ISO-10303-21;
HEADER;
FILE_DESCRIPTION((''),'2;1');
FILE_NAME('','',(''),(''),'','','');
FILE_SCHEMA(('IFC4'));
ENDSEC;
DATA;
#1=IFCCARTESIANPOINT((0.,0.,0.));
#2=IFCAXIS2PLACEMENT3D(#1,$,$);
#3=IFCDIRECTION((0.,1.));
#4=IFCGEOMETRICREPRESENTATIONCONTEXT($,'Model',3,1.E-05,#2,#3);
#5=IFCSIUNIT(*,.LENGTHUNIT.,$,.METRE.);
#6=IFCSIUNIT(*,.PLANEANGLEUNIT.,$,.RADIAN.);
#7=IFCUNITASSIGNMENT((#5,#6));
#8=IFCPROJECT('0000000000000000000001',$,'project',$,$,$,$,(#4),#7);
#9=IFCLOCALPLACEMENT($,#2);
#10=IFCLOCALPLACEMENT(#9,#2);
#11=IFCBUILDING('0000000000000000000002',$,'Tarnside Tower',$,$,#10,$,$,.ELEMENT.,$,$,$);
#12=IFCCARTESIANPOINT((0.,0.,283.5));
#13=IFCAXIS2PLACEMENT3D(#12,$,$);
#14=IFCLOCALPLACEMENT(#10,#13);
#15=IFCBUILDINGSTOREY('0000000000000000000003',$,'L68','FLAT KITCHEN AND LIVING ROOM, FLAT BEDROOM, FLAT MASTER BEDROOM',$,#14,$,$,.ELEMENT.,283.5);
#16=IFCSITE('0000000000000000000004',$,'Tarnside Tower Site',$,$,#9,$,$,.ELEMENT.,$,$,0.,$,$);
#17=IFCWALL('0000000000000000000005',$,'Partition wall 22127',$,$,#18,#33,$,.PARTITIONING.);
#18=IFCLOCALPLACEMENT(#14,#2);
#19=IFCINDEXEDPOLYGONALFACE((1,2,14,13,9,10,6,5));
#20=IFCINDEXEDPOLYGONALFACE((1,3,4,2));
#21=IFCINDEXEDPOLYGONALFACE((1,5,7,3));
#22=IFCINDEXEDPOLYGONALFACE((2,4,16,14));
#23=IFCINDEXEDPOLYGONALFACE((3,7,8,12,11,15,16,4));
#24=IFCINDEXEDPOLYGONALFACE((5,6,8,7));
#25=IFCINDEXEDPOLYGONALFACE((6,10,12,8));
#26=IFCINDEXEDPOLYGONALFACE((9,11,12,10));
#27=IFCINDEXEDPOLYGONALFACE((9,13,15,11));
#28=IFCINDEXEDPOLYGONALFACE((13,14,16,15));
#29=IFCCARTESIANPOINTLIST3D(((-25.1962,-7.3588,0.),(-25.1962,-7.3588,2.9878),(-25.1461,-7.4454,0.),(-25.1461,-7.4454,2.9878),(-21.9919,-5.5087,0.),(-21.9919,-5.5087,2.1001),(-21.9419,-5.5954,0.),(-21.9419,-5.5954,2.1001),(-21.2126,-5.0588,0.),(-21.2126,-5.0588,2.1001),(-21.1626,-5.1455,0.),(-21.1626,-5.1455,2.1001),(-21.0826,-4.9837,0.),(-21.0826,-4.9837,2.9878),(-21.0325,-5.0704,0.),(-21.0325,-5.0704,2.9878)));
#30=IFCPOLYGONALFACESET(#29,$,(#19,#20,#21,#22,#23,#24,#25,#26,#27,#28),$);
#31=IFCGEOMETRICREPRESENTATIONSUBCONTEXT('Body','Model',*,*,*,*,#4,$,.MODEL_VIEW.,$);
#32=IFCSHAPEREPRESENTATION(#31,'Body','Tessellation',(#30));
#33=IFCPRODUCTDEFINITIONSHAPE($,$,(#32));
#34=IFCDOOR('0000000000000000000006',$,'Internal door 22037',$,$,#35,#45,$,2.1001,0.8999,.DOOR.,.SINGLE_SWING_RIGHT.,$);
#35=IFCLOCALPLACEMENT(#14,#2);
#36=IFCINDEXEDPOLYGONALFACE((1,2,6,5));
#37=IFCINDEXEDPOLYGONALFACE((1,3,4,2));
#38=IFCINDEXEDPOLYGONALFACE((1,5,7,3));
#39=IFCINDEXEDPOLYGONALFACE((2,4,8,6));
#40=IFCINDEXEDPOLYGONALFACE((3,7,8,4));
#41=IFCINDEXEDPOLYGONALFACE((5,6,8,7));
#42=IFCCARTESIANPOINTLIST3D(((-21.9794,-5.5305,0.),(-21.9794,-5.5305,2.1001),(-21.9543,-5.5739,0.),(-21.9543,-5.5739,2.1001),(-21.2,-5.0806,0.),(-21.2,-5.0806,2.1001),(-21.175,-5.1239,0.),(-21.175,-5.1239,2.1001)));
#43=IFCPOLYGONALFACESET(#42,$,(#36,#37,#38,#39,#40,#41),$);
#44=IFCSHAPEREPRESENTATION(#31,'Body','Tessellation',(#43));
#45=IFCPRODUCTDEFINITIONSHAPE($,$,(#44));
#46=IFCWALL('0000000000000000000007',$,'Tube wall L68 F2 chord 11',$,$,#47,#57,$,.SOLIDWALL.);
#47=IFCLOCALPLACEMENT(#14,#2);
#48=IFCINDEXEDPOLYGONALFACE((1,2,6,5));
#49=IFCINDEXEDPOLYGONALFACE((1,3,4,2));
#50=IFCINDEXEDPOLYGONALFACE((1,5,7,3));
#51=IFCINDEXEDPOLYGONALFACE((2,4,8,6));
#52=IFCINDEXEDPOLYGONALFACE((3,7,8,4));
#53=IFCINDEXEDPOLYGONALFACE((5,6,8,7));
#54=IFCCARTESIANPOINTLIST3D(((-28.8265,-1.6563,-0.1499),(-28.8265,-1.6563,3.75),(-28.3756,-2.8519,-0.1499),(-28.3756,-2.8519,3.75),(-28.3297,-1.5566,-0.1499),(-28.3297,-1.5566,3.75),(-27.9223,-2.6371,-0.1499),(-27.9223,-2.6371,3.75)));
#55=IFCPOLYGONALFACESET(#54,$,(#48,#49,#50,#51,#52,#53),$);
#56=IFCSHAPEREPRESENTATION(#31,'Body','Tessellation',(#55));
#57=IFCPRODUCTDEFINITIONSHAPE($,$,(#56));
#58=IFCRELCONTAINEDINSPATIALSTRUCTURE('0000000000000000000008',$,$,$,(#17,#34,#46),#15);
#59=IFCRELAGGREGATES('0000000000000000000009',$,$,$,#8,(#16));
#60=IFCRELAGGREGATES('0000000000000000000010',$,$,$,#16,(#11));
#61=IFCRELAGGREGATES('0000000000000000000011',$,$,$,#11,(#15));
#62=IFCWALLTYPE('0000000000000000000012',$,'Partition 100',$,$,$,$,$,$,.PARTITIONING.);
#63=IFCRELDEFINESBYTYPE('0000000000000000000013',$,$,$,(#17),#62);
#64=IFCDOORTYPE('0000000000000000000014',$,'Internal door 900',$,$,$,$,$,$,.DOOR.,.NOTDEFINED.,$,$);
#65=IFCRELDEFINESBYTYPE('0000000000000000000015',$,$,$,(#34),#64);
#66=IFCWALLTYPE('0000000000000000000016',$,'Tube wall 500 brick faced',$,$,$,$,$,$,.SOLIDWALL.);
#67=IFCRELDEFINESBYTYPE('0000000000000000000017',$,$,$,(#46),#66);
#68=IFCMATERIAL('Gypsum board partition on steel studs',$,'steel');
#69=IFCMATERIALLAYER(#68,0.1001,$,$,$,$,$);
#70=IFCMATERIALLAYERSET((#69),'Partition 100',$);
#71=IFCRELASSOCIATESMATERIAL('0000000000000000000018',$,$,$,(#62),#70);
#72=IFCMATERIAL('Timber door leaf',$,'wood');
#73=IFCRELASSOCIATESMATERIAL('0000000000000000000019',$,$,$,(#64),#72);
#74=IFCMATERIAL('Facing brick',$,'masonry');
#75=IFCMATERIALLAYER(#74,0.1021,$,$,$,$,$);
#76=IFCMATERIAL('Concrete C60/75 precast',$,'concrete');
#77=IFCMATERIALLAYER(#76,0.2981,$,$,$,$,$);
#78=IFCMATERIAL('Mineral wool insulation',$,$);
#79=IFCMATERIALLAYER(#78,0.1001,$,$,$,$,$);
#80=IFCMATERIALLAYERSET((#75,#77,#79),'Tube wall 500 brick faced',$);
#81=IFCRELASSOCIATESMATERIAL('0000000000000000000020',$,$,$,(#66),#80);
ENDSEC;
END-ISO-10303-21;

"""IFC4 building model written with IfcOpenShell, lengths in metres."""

from ifc_helpers import new_model, si_unit, direction, frame, frame_2d, origin, place, context, subcontext, project, spatial, polyline, rectangle, outline, extrude, material, layer, layer_set, type_object, element, fill, save


model = new_model("IFC4")

# Units and contexts
model_context = context("Model", 3, precision=1e-05, world=origin(), true_north=direction((0.0, 1.0)))
body_context = subcontext(model_context, "Body", "Model", "MODEL_VIEW")
ifc_project = project(units=[si_unit("LENGTHUNIT", "METRE"), si_unit("PLANEANGLEUNIT", "RADIAN")], contexts=[model_context])

# Site, building, storey
site_placement = place(None, origin())
site = spatial("IfcSite", under=ifc_project, at=site_placement, Name="Tarnside Tower Site", CompositionType="ELEMENT", RefElevation=0.0)
building_placement = place(site_placement, origin())
building = spatial("IfcBuilding", under=site, at=building_placement, Name="Tarnside Tower", CompositionType="ELEMENT")
storey_placement = place(building_placement, frame((0.0, 0.0, 283.5)))
storey = spatial("IfcBuildingStorey", under=building, at=storey_placement, Name="L68", Description="FLAT KITCHEN AND LIVING ROOM, FLAT BEDROOM, FLAT MASTER BEDROOM", CompositionType="ELEMENT", Elevation=283.5)

# Shared definitions
ifc_material_1 = material(Name="Gypsum board partition on steel studs", Category="steel")

# Wall, opening, door
ifc_layer_1 = layer(ifc_material_1, 0.1001)
ifc_layer_set_1 = layer_set([ifc_layer_1], Name="Partition 100")
wall_type_1 = type_object("IfcWallType", Name="Partition 100", PredefinedType="PARTITIONING", material=ifc_layer_set_1)
wall_1_placement = place(storey_placement, frame((-25.1711, -7.4021, 0.0), z_axis=(0.0, 0.0, 1.0), x_axis=(0.86602, 0.500009, 0.0)))
wall_1 = element("IfcWall", 1, at=wall_1_placement, inside=storey, type_object=wall_type_1, Name="Partition wall 22127", PredefinedType="PARTITIONING", context=body_context, shape_type="SweptSolid", body=[
    extrude(rectangle(XDim=4.75, YDim=0.1001, at=frame_2d((2.375, 0.0))), origin(), (0.0, 0.0, 1.0), 2.9878),
])
opening_1_placement = place(wall_1_placement, frame((3.7, 0.0, 0.0)))
opening_1 = element("IfcOpeningElement", 2, at=opening_1_placement, cuts=wall_1, PredefinedType="OPENING", context=body_context, shape_type="SweptSolid", body=[
    extrude(rectangle(XDim=0.8999, YDim=2.1001, at=frame_2d((0.45, 1.05))), frame((0.0, 0.0601, 0.0), z_axis=(0.0, -1.0, 0.0), x_axis=(1.0, 0.0, 0.0)), (0.0, 0.0, 1.0), 0.1201),
])
ifc_material_2 = material(Name="Timber door leaf", Category="wood")
door_type = type_object("IfcDoorType", Name="Internal door 900", OperationType="NOTDEFINED", PredefinedType="DOOR", material=ifc_material_2)
door_placement = place(opening_1_placement, origin())
door = element("IfcDoor", 3, at=door_placement, inside=storey, type_object=door_type, Name="Internal door 22037", OperationType="SINGLE_SWING_RIGHT", OverallHeight=2.1001, OverallWidth=0.8999, PredefinedType="DOOR", context=body_context, shape_type="SweptSolid", body=[
    extrude(rectangle(XDim=0.8999, YDim=2.1001, at=frame_2d((0.45, 1.05))), frame((0.0, 0.0249, 0.0), z_axis=(0.0, -1.0, 0.0), x_axis=(1.0, 0.0, 0.0)), (0.0, 0.0, 1.0), 0.05),
])
fill(opening_1, door)

# Wall
ifc_material_3 = material(Name="Facing brick", Category="masonry")
ifc_layer_2 = layer(ifc_material_3, 0.1021)
ifc_material_4 = material(Name="Concrete C60/75 precast", Category="concrete")
ifc_layer_3 = layer(ifc_material_4, 0.2981)
ifc_material_5 = material(Name="Mineral wool insulation")
ifc_layer_4 = layer(ifc_material_5, 0.1001)
ifc_layer_set_2 = layer_set([ifc_layer_2, ifc_layer_3, ifc_layer_4], Name="Tube wall 500 brick faced")
wall_type_2 = type_object("IfcWallType", Name="Tube wall 500 brick faced", PredefinedType="SOLIDWALL", material=ifc_layer_set_2)
wall_2_placement = place(storey_placement, frame((-28.5781, -1.6064, -0.1499), z_axis=(0.0, 0.0, 1.0), x_axis=(0.352838, -0.935684, 0.0)))
element("IfcWall", 4, at=wall_2_placement, inside=storey, type_object=wall_type_2, Name="Tube wall L68 F2 chord 11", PredefinedType="SOLIDWALL", context=body_context, shape_type="SweptSolid", body=[
    extrude(outline(polyline([(-0.041, -0.25), (1.2368, -0.25), (1.1958, 0.25), (0.041, 0.25), (-0.041, -0.25)])), origin(), (0.0, 0.0, 1.0), 3.8999),
])

save(model, "model.ifc")
